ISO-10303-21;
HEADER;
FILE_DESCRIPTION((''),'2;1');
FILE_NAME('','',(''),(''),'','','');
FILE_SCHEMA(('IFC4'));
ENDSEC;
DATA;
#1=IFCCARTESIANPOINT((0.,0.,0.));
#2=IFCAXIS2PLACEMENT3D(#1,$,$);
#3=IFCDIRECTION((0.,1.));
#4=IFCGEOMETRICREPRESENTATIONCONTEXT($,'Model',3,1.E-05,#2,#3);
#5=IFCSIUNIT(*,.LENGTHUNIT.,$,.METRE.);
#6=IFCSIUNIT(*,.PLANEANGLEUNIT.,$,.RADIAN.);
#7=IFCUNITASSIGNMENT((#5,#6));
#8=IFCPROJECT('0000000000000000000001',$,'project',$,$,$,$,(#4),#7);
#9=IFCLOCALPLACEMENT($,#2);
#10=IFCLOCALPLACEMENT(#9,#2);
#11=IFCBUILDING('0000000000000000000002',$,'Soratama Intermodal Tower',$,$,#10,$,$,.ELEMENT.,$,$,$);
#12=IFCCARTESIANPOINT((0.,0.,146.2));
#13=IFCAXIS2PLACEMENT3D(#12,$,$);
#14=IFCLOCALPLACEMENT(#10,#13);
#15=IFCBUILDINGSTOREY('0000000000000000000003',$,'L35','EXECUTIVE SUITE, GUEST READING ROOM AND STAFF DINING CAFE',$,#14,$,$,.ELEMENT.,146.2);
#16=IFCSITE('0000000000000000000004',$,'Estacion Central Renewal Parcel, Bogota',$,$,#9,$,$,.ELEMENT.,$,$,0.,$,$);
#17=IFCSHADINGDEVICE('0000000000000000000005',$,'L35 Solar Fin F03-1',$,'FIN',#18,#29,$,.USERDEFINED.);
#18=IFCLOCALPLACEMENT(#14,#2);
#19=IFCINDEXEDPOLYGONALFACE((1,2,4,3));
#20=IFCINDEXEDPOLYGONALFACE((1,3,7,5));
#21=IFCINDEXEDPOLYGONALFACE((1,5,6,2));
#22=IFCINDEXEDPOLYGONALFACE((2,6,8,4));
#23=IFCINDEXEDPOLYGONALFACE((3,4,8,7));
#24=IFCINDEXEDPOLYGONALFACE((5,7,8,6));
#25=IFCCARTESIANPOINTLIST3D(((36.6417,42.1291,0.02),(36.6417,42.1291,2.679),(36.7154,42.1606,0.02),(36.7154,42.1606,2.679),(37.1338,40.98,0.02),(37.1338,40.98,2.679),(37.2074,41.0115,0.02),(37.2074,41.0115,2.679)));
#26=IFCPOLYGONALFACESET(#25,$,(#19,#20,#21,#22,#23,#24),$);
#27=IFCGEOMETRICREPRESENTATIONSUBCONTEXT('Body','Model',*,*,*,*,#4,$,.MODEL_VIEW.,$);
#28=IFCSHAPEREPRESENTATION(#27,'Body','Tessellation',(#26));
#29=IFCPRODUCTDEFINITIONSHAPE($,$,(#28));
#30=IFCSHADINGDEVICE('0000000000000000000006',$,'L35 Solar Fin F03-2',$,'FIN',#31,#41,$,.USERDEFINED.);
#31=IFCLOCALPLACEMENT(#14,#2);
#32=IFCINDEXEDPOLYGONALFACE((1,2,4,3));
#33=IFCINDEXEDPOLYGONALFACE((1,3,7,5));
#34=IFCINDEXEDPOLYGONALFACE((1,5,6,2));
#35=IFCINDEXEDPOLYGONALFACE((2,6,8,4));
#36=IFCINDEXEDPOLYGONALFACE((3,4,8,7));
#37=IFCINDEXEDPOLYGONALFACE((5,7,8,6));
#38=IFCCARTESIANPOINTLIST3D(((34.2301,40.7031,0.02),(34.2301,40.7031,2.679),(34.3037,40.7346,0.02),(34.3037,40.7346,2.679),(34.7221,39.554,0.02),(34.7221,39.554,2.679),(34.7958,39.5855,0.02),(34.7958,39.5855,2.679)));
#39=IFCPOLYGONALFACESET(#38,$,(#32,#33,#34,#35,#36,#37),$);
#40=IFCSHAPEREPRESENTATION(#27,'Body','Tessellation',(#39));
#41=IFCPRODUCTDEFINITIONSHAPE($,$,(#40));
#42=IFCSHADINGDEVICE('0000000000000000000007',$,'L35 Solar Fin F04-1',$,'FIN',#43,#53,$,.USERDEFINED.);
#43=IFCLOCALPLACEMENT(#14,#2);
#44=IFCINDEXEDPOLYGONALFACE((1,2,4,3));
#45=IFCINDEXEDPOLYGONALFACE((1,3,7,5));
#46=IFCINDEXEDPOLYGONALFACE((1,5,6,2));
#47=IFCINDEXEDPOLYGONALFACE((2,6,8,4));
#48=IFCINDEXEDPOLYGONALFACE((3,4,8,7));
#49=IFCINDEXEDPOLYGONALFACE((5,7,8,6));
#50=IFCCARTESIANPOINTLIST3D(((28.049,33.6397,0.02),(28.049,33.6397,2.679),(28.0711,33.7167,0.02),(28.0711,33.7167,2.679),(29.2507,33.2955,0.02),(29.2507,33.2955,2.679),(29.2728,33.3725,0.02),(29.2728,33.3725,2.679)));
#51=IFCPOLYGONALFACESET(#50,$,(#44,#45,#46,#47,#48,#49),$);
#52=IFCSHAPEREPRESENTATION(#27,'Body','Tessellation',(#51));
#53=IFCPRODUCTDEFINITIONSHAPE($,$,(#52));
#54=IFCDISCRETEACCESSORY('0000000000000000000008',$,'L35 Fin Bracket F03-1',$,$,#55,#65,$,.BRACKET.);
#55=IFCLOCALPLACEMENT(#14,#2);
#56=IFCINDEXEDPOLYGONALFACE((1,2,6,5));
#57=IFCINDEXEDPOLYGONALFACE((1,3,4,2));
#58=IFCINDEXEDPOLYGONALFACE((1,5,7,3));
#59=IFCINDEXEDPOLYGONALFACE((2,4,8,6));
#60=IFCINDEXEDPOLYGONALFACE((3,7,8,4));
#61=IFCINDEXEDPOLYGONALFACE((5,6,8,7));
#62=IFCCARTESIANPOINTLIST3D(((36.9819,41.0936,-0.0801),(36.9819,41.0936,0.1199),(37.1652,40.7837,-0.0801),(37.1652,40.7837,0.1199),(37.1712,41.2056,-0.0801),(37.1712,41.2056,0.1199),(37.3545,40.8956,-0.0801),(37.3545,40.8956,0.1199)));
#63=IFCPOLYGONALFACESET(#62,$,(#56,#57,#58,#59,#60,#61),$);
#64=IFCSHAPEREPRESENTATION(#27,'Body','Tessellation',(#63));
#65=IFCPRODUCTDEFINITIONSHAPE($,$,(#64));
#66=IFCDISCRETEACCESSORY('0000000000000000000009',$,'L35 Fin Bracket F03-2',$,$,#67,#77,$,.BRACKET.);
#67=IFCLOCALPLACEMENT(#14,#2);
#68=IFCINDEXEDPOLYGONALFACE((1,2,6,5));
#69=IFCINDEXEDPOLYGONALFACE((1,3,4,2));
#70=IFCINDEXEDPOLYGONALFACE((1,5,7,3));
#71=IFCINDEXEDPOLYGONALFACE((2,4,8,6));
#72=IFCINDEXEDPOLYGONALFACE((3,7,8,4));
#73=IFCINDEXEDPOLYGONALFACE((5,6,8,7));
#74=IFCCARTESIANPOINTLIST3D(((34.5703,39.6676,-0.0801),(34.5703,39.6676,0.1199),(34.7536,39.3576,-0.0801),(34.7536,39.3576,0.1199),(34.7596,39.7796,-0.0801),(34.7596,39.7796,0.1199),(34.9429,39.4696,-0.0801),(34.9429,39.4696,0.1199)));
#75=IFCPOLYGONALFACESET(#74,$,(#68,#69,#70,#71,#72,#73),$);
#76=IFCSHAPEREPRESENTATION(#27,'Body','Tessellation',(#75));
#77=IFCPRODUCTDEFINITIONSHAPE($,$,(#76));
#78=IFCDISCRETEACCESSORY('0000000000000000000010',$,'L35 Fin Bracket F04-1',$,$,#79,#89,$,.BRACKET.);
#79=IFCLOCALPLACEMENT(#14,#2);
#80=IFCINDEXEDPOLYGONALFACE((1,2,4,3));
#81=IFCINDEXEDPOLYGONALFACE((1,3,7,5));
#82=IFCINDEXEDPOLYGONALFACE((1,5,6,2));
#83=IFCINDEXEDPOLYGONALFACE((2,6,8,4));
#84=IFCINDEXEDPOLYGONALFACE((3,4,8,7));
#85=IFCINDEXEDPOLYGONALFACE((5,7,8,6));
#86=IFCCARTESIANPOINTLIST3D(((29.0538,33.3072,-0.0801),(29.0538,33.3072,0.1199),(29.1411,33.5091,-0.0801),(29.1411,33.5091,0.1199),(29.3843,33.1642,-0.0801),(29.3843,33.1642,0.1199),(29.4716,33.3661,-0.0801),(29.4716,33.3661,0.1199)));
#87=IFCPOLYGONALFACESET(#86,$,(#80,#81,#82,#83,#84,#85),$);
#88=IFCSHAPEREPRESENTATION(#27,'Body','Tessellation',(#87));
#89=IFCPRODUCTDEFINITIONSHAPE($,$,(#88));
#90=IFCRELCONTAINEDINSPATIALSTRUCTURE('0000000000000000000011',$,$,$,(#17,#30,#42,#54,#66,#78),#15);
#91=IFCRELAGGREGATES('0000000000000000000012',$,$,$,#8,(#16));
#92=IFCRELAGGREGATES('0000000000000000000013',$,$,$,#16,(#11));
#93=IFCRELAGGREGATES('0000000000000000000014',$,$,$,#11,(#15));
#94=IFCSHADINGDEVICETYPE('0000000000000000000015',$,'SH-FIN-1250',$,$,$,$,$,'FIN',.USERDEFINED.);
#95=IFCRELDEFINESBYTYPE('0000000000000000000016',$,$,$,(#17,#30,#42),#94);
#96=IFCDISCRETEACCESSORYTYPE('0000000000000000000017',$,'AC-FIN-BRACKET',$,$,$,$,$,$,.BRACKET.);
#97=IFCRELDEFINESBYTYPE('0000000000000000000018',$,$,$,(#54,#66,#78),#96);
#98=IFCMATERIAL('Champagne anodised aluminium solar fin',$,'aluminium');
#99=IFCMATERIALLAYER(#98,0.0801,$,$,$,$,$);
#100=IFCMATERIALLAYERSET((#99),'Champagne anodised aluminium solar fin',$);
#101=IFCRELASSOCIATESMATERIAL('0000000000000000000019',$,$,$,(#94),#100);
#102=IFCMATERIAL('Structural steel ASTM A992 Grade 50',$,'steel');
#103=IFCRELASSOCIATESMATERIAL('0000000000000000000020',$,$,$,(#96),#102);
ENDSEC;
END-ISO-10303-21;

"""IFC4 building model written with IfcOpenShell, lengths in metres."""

from ifc_helpers import new_model, si_unit, direction, frame, origin, origin_2d, place, context, subcontext, project, spatial, rectangle, extrude, material, layer, layer_set, type_object, element, save


model = new_model("IFC4")

# Units and contexts
model_context = context("Model", 3, precision=1e-05, world=origin(), true_north=direction((0.0, 1.0)))
body_context = subcontext(model_context, "Body", "Model", "MODEL_VIEW")
ifc_project = project(units=[si_unit("LENGTHUNIT", "METRE"), si_unit("PLANEANGLEUNIT", "RADIAN")], contexts=[model_context])

# Site, building, storey
site_placement = place(None, origin())
site = spatial("IfcSite", under=ifc_project, at=site_placement, Name="Estacion Central Renewal Parcel, Bogota", CompositionType="ELEMENT", RefElevation=0.0)
building_placement = place(site_placement, origin())
building = spatial("IfcBuilding", under=site, at=building_placement, Name="Soratama Intermodal Tower", CompositionType="ELEMENT")
storey_placement = place(building_placement, frame((0.0, 0.0, 146.2)))
storey = spatial("IfcBuildingStorey", under=building, at=storey_placement, Name="L35", Description="EXECUTIVE SUITE, GUEST READING ROOM AND STAFF DINING CAFE", CompositionType="ELEMENT", Elevation=146.2)

# Shading devices
ifc_material_1 = material(Name="Champagne anodised aluminium solar fin", Category="aluminium")
ifc_layer_1 = layer(ifc_material_1, 0.0801)
ifc_layer_set_1 = layer_set([ifc_layer_1], Name="Champagne anodised aluminium solar fin")
shading_device_type = type_object("IfcShadingDeviceType", Name="SH-FIN-1250", ElementType="FIN", PredefinedType="USERDEFINED", material=ifc_layer_set_1)
for number, where, z_axis, x_axis, name in (
    (1, (36.9246, 41.5703, 0.02), (0.0, 0.0, 1.0), (-0.393621, 0.919273, 0.0), "L35 Solar Fin F03-1"),
    (2, (34.5129, 40.1443, 0.02), (0.0, 0.0, 1.0), (-0.393621, 0.919273, 0.0), "L35 Solar Fin F03-2"),
    (3, (28.6609, 33.5061, 0.02), (0.0, 0.0, 1.0), (-0.961358, 0.275302, 0.0), "L35 Solar Fin F04-1"),
):
    element("IfcShadingDevice", number, at=place(storey_placement, frame(where, z_axis=z_axis, x_axis=x_axis)), inside=storey, type_object=shading_device_type, Name=name, ObjectType="FIN", PredefinedType="USERDEFINED", context=body_context, shape_type="SweptSolid", body=[
        extrude(rectangle(XDim=1.25, YDim=0.0801, at=origin_2d()), origin(), (0.0, 0.0, 1.0), 2.6589),
    ])

# Discrete accessories
ifc_material_2 = material(Name="Structural steel ASTM A992 Grade 50", Category="steel")
discrete_accessory_type = type_object("IfcDiscreteAccessoryType", Name="AC-FIN-BRACKET", PredefinedType="BRACKET", material=ifc_material_2)
for number, where, z_axis, x_axis, name in (
    (4, (37.1682, 40.9946, -0.0801), (0.0, 0.0, 1.0), (-0.509041, 0.860742, 0.0), "L35 Fin Bracket F03-1"),
    (5, (34.7566, 39.5686, -0.0801), (0.0, 0.0, 1.0), (-0.509041, 0.860742, 0.0), "L35 Fin Bracket F03-2"),
    (6, (29.2627, 33.3367, -0.0801), (0.0, 0.0, 1.0), (-0.917755, 0.397148, 0.0), "L35 Fin Bracket F04-1"),
):
    element("IfcDiscreteAccessory", number, at=place(storey_placement, frame(where, z_axis=z_axis, x_axis=x_axis)), inside=storey, type_object=discrete_accessory_type, Name=name, PredefinedType="BRACKET", context=body_context, shape_type="SweptSolid", body=[
        extrude(rectangle(XDim=0.3601, YDim=0.22, at=origin_2d()), origin(), (0.0, 0.0, 1.0), 0.2),
    ])

save(model, "model.ifc")
